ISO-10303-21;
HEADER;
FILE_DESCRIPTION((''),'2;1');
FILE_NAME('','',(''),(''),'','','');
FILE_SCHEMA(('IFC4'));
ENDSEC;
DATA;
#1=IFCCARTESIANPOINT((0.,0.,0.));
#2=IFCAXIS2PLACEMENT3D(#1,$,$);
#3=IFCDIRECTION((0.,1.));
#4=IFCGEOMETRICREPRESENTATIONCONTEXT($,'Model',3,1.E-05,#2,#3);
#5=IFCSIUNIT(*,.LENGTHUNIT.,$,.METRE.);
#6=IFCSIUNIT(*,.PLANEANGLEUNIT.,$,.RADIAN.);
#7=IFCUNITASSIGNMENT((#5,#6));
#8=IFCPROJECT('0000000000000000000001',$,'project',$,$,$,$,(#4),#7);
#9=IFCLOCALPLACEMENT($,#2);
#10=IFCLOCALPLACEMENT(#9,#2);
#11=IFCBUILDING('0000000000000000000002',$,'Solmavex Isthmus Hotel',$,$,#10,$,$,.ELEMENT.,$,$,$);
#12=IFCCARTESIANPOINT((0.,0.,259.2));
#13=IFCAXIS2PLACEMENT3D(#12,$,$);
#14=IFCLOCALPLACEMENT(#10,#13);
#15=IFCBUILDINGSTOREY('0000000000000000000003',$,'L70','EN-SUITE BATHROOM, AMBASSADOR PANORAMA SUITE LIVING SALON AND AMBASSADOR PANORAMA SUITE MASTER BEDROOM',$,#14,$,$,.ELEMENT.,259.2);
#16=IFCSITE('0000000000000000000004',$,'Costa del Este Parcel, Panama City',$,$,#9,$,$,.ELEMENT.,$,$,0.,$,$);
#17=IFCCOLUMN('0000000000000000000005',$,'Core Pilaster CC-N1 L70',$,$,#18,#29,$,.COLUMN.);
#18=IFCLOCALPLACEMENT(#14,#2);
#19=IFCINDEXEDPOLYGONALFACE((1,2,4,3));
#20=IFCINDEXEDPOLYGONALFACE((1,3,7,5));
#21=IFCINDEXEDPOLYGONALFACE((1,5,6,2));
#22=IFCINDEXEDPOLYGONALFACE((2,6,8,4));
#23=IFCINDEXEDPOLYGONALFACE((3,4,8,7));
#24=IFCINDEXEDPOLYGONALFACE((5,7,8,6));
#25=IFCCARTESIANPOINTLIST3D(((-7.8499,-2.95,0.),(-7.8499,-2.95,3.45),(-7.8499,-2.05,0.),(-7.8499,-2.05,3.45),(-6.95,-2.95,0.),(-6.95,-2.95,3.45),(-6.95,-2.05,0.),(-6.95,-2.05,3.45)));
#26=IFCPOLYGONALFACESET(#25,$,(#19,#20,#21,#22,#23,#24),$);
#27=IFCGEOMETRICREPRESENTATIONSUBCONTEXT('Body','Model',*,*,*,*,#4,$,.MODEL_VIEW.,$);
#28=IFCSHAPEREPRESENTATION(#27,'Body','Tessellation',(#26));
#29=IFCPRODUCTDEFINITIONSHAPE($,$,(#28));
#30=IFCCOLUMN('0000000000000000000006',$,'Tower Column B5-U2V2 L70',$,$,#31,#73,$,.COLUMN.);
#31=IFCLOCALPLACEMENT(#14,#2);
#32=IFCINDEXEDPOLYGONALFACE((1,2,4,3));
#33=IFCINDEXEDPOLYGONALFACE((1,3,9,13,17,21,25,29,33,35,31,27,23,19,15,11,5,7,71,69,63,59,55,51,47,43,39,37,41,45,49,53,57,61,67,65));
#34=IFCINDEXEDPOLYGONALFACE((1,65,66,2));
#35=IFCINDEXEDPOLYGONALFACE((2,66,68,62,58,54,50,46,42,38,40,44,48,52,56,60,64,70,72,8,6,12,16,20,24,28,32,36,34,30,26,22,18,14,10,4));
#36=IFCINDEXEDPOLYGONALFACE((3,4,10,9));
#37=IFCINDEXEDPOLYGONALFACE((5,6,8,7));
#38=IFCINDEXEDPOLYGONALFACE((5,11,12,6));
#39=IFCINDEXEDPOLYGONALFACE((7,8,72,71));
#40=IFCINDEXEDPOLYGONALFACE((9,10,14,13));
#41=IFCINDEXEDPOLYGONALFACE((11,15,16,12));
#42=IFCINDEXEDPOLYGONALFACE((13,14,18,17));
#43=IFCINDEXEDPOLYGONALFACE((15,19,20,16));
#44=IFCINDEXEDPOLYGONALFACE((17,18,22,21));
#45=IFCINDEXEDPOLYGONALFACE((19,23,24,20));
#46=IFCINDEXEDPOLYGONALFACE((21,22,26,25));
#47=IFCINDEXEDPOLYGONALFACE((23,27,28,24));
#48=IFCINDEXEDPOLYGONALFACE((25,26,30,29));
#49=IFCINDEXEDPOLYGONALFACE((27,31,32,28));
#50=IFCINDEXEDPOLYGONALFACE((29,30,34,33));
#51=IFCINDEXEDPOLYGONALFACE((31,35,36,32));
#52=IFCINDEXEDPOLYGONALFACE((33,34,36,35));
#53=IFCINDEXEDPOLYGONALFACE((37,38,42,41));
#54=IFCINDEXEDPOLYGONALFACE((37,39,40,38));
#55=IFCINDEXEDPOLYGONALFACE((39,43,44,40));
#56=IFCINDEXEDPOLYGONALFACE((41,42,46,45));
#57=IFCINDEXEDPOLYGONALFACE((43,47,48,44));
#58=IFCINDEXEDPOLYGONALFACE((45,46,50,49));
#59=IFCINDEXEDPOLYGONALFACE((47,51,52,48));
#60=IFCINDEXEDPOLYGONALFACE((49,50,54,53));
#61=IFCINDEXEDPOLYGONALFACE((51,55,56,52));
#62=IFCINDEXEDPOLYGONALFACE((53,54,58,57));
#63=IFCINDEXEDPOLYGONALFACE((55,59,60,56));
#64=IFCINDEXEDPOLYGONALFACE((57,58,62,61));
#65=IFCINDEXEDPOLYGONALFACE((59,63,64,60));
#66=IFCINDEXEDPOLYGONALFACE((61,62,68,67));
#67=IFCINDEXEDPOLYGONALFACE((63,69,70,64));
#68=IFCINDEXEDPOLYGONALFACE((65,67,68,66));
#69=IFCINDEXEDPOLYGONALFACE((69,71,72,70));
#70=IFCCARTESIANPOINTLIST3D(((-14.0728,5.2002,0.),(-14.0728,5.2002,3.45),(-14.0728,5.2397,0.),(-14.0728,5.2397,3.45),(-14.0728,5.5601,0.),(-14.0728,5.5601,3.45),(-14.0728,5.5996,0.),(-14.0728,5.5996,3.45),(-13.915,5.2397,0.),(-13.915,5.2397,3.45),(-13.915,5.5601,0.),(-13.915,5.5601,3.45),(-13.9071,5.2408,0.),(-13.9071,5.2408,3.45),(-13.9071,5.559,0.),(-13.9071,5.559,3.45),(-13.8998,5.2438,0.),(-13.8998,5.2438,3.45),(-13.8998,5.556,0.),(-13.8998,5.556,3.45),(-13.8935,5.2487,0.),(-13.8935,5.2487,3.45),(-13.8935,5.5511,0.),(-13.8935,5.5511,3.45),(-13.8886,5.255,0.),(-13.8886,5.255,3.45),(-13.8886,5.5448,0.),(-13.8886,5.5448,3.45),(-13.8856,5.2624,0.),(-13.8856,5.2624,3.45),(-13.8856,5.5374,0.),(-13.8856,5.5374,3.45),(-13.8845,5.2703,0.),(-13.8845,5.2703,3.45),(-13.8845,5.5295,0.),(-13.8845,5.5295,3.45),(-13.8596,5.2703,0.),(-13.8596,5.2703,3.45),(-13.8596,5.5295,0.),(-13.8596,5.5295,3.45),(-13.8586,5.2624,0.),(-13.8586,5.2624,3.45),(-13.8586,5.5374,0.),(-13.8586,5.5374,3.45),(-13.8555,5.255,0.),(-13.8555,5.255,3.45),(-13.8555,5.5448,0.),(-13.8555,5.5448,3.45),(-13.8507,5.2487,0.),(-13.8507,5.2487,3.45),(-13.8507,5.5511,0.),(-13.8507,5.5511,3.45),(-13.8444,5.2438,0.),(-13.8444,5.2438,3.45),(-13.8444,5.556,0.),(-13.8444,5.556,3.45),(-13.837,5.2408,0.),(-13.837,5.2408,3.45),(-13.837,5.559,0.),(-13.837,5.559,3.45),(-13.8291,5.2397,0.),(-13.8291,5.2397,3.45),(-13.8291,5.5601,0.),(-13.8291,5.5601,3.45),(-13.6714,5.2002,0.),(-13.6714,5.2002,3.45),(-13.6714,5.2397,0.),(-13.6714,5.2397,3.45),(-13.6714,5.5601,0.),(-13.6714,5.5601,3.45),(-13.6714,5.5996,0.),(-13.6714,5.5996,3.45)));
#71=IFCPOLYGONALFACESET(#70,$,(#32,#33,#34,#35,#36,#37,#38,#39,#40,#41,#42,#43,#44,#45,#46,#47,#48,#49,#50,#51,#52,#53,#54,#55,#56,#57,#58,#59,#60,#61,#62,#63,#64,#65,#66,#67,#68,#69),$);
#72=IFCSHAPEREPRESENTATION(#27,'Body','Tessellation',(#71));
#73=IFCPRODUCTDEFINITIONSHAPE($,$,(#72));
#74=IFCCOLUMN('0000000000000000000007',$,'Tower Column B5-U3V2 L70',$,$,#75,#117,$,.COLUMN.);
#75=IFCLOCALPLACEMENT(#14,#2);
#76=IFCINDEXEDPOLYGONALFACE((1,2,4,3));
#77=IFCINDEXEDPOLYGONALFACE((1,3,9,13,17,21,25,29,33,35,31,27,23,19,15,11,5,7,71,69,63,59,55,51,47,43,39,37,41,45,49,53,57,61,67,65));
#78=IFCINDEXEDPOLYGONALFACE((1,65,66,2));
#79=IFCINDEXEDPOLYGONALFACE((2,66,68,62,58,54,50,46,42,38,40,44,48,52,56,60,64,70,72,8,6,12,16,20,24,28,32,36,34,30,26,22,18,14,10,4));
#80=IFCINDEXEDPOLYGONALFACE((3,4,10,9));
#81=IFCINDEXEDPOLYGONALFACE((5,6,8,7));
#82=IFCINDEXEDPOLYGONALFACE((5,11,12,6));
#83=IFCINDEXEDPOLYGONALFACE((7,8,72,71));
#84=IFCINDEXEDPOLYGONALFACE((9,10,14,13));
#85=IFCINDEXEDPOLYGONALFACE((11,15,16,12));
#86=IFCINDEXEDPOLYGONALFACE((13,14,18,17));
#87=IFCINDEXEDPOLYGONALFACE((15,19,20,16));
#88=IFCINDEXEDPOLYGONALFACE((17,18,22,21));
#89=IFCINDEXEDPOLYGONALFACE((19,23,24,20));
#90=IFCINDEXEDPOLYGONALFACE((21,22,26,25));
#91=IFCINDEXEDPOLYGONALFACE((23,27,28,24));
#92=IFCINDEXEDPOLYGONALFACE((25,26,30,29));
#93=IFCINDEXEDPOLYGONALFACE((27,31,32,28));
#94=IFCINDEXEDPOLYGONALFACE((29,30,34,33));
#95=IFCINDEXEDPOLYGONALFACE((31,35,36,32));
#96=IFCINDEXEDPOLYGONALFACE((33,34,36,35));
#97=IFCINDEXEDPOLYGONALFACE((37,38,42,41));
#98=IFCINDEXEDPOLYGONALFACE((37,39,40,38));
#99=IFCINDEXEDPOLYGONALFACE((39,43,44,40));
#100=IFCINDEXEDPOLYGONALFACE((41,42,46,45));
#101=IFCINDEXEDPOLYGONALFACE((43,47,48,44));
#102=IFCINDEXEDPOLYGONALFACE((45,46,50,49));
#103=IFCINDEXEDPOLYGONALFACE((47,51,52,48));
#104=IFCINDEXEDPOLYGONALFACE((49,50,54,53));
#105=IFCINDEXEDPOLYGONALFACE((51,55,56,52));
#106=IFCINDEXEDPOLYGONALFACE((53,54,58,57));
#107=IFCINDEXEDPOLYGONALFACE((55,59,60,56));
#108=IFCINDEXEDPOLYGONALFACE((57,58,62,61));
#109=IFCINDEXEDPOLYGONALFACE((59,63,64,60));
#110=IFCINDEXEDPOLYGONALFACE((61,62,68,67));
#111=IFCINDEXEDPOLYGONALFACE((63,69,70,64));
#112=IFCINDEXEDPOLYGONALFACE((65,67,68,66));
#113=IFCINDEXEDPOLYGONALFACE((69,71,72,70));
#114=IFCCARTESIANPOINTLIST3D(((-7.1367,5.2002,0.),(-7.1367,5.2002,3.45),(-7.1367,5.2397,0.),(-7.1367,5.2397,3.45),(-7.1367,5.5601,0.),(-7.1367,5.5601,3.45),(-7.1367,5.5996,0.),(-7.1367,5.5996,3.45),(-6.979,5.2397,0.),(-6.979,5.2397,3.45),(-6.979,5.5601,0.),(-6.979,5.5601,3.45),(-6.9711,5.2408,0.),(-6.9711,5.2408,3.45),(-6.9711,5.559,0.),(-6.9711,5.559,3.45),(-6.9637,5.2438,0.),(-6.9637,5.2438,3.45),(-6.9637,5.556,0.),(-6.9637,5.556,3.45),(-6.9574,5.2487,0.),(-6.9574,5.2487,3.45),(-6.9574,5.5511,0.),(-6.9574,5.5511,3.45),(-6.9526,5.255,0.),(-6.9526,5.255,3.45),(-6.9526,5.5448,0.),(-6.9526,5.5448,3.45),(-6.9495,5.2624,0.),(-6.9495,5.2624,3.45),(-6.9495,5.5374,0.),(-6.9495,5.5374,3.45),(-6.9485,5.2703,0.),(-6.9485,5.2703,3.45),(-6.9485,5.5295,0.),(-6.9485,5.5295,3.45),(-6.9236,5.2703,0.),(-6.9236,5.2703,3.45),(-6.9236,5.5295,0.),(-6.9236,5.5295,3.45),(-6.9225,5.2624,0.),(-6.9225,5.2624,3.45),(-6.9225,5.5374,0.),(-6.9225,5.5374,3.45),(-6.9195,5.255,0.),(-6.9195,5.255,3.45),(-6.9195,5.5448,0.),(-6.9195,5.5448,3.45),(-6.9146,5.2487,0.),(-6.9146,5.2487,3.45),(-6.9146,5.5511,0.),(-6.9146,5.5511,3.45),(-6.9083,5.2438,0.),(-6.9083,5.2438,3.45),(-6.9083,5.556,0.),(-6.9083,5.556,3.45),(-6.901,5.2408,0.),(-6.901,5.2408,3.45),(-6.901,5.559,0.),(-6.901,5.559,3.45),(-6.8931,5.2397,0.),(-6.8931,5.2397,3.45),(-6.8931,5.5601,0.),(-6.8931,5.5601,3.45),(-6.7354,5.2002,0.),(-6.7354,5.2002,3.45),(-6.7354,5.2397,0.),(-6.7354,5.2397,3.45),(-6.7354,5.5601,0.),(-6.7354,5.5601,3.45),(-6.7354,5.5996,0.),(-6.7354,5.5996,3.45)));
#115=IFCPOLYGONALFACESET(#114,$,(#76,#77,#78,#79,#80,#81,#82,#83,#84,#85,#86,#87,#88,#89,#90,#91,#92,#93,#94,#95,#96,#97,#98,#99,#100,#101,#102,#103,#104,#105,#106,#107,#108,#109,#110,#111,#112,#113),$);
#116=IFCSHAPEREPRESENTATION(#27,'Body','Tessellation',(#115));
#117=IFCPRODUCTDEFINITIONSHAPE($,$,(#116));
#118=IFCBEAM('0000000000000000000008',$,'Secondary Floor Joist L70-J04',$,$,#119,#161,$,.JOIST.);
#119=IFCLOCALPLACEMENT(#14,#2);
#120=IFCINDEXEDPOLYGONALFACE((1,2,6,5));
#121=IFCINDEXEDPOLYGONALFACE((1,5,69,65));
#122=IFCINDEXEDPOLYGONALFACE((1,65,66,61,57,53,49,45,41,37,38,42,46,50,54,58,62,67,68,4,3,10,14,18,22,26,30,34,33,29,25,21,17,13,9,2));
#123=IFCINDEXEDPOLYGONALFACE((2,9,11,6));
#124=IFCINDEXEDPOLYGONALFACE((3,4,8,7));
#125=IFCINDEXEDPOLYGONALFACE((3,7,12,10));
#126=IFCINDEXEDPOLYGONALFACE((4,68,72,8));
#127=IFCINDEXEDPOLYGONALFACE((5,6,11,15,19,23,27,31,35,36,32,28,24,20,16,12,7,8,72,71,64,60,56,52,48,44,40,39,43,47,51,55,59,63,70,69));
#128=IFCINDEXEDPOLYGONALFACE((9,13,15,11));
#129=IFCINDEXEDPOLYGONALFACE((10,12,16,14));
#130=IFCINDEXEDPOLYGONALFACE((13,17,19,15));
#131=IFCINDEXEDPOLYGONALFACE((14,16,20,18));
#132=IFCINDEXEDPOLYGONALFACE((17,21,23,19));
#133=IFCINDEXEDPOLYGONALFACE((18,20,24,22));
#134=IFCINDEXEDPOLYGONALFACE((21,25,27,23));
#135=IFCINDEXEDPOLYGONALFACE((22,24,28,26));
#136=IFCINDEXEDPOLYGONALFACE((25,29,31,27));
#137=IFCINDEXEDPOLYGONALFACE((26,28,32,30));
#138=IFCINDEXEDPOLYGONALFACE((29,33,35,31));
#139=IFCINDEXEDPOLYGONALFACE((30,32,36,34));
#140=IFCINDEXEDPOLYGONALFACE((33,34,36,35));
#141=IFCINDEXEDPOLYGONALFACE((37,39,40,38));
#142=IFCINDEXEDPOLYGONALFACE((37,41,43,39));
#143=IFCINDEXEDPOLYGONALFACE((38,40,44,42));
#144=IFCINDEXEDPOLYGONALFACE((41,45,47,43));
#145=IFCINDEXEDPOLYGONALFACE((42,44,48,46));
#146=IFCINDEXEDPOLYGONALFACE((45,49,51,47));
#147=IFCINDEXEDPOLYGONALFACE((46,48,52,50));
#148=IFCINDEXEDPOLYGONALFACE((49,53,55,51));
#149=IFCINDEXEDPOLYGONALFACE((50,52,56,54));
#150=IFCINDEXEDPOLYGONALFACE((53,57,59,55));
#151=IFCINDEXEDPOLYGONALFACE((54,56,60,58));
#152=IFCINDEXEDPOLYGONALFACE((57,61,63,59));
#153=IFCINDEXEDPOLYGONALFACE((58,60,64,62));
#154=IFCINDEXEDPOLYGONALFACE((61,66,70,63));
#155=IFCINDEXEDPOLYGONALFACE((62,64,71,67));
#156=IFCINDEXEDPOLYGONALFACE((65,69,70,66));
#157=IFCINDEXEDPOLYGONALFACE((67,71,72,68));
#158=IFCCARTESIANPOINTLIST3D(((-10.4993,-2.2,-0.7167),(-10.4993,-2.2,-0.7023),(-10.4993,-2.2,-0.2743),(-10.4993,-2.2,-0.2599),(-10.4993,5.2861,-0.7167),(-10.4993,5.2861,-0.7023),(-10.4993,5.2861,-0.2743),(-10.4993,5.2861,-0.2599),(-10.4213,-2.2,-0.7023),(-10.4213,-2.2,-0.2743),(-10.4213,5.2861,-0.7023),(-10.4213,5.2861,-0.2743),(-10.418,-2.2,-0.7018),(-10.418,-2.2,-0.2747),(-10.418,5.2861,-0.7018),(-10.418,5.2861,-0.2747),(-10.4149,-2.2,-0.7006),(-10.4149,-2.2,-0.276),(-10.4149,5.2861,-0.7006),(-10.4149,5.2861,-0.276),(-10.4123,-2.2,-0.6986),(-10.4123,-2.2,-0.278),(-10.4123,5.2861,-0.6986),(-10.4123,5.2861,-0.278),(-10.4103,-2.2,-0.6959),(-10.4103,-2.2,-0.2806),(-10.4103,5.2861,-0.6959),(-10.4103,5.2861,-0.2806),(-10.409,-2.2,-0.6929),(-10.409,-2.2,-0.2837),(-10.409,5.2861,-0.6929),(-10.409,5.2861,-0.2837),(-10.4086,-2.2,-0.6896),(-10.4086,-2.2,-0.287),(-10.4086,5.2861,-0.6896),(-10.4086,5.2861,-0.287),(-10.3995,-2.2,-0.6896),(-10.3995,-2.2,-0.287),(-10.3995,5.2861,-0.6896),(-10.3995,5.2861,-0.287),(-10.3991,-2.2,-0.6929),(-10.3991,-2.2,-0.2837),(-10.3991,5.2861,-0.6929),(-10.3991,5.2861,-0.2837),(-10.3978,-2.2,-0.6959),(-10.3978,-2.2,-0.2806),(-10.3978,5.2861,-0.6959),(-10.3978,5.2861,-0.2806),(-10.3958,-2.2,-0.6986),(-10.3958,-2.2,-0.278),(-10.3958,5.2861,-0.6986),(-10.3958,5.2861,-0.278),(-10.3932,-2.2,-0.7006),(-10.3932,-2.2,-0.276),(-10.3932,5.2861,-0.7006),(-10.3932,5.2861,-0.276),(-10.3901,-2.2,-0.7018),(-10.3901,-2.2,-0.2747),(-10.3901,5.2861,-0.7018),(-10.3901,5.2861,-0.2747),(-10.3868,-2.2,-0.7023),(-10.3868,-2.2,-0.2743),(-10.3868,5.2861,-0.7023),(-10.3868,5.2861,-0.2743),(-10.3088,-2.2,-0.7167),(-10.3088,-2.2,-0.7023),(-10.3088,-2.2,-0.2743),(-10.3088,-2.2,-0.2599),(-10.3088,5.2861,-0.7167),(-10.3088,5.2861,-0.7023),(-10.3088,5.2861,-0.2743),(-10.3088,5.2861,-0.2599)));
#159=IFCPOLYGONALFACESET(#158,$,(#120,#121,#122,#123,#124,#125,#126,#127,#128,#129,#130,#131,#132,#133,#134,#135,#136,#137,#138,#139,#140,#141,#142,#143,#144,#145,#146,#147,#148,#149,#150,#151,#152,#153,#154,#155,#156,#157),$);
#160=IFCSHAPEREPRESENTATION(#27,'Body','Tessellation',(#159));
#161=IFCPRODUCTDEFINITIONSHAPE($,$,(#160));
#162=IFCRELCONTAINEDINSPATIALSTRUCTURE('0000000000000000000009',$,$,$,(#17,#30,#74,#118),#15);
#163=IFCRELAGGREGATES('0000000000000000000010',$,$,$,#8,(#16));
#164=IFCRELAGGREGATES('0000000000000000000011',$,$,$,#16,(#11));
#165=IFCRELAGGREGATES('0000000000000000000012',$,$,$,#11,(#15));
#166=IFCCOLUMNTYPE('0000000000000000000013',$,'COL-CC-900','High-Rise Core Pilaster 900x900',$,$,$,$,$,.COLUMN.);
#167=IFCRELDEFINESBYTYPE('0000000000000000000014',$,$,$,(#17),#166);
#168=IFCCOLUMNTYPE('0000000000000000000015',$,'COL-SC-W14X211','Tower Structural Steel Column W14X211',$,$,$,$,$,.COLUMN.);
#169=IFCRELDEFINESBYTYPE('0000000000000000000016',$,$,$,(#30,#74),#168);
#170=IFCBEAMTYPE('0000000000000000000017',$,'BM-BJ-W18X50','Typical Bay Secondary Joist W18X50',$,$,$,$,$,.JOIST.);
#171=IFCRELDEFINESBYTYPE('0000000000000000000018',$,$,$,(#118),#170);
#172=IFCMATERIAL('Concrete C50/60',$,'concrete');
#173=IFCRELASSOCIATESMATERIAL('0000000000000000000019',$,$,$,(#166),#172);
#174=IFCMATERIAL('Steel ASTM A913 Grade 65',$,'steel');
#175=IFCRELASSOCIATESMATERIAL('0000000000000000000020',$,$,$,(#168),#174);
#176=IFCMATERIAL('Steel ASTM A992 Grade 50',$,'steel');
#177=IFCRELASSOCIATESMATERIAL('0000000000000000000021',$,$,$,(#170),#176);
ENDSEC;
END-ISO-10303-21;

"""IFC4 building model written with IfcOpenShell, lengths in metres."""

from ifc_helpers import new_model, si_unit, direction, frame, origin, origin_2d, place, context, subcontext, project, spatial, rectangle, i_section, extrude, material, material_profile, profile_set, type_object, element, save


model = new_model("IFC4")

# Units and contexts
model_context = context("Model", 3, precision=1e-05, world=origin(), true_north=direction((0.0, 1.0)))
body_context = subcontext(model_context, "Body", "Model", "MODEL_VIEW")
ifc_project = project(units=[si_unit("LENGTHUNIT", "METRE"), si_unit("PLANEANGLEUNIT", "RADIAN")], contexts=[model_context])

# Site, building, storey
site_placement = place(None, origin())
site = spatial("IfcSite", under=ifc_project, at=site_placement, Name="Costa del Este Parcel, Panama City", CompositionType="ELEMENT", RefElevation=0.0)
building_placement = place(site_placement, origin())
building = spatial("IfcBuilding", under=site, at=building_placement, Name="Solmavex Isthmus Hotel", CompositionType="ELEMENT")
storey_placement = place(building_placement, frame((0.0, 0.0, 259.2)))
storey = spatial("IfcBuildingStorey", under=building, at=storey_placement, Name="L70", Description="EN-SUITE BATHROOM, AMBASSADOR PANORAMA SUITE LIVING SALON AND AMBASSADOR PANORAMA SUITE MASTER BEDROOM", CompositionType="ELEMENT", Elevation=259.2)

# Columns
ifc_material_1 = material(Name="Concrete C50/60", Category="concrete")
ifc_material_profile_1 = material_profile(ifc_material_1, rectangle(XDim=0.8999, YDim=0.8999, at=origin_2d()), Name="RC900X900")
ifc_profile_set_1 = profile_set([ifc_material_profile_1], Name="Concrete C50/60")
column_type_1 = type_object("IfcColumnType", Name="COL-CC-900", Description="High-Rise Core Pilaster 900x900", PredefinedType="COLUMN", material=ifc_profile_set_1)
column_placement = place(storey_placement, frame((-7.3999, -2.5, 0.0), z_axis=(0.0, 0.0, 1.0), x_axis=(1.0, 0.0, 0.0)))
element("IfcColumn", 1, at=column_placement, inside=storey, type_object=column_type_1, Name="Core Pilaster CC-N1 L70", PredefinedType="COLUMN", context=body_context, shape_type="SweptSolid", body=[
    extrude(rectangle(XDim=0.8999, YDim=0.8999, at=origin_2d()), origin(), (0.0, 0.0, 1.0), 3.45),
])
ifc_material_2 = material(Name="Steel ASTM A913 Grade 65", Category="steel")
ifc_material_profile_2 = material_profile(ifc_material_2, i_section(OverallWidth=0.4014, OverallDepth=0.3994, WebThickness=0.0249, FlangeThickness=0.0396, FilletRadius=0.0305, at=origin_2d()), Name="W14X211")
ifc_profile_set_2 = profile_set([ifc_material_profile_2], Name="Steel ASTM A913 Grade 65")
column_type_2 = type_object("IfcColumnType", Name="COL-SC-W14X211", Description="Tower Structural Steel Column W14X211", PredefinedType="COLUMN", material=ifc_profile_set_2)
for number, where, z_axis, x_axis, name in (
    (2, (-13.8721, 5.3999, 0.0), (0.0, 0.0, 1.0), (1.0, 0.0, 0.0), "Tower Column B5-U2V2 L70"),
    (3, (-6.936, 5.3999, 0.0), (0.0, 0.0, 1.0), (1.0, 0.0, 0.0), "Tower Column B5-U3V2 L70"),
):
    element("IfcColumn", number, at=place(storey_placement, frame(where, z_axis=z_axis, x_axis=x_axis)), inside=storey, type_object=column_type_2, Name=name, PredefinedType="COLUMN", context=body_context, shape_type="SweptSolid", body=[
        extrude(i_section(OverallWidth=0.4014, OverallDepth=0.3994, WebThickness=0.0249, FlangeThickness=0.0396, FilletRadius=0.0305, at=origin_2d()), origin(), (0.0, 0.0, 1.0), 3.45),
    ])

# Beam
ifc_material_3 = material(Name="Steel ASTM A992 Grade 50", Category="steel")
ifc_material_profile_3 = material_profile(ifc_material_3, i_section(OverallWidth=0.1904, OverallDepth=0.4568, WebThickness=0.009, FlangeThickness=0.0144, FilletRadius=0.0127, at=origin_2d()), Name="W18X50")
ifc_profile_set_3 = profile_set([ifc_material_profile_3], Name="Steel ASTM A992 Grade 50")
beam_type_1 = type_object("IfcBeamType", Name="BM-BJ-W18X50", Description="Typical Bay Secondary Joist W18X50", PredefinedType="JOIST", material=ifc_profile_set_3)
beam_1_placement = place(storey_placement, frame((-10.4041, -2.2, -0.4883), z_axis=(0.0, 1.0, 0.0), x_axis=(-1.0, 0.0, 0.0)))
element("IfcBeam", 4, at=beam_1_placement, inside=storey, type_object=beam_type_1, Name="Secondary Floor Joist L70-J04", PredefinedType="JOIST", context=body_context, shape_type="SweptSolid", body=[
    extrude(i_section(OverallWidth=0.1904, OverallDepth=0.4568, WebThickness=0.009, FlangeThickness=0.0144, FilletRadius=0.0127, at=origin_2d()), origin(), (0.0, 0.0, 1.0), 7.4861),
])

save(model, "model.ifc")
